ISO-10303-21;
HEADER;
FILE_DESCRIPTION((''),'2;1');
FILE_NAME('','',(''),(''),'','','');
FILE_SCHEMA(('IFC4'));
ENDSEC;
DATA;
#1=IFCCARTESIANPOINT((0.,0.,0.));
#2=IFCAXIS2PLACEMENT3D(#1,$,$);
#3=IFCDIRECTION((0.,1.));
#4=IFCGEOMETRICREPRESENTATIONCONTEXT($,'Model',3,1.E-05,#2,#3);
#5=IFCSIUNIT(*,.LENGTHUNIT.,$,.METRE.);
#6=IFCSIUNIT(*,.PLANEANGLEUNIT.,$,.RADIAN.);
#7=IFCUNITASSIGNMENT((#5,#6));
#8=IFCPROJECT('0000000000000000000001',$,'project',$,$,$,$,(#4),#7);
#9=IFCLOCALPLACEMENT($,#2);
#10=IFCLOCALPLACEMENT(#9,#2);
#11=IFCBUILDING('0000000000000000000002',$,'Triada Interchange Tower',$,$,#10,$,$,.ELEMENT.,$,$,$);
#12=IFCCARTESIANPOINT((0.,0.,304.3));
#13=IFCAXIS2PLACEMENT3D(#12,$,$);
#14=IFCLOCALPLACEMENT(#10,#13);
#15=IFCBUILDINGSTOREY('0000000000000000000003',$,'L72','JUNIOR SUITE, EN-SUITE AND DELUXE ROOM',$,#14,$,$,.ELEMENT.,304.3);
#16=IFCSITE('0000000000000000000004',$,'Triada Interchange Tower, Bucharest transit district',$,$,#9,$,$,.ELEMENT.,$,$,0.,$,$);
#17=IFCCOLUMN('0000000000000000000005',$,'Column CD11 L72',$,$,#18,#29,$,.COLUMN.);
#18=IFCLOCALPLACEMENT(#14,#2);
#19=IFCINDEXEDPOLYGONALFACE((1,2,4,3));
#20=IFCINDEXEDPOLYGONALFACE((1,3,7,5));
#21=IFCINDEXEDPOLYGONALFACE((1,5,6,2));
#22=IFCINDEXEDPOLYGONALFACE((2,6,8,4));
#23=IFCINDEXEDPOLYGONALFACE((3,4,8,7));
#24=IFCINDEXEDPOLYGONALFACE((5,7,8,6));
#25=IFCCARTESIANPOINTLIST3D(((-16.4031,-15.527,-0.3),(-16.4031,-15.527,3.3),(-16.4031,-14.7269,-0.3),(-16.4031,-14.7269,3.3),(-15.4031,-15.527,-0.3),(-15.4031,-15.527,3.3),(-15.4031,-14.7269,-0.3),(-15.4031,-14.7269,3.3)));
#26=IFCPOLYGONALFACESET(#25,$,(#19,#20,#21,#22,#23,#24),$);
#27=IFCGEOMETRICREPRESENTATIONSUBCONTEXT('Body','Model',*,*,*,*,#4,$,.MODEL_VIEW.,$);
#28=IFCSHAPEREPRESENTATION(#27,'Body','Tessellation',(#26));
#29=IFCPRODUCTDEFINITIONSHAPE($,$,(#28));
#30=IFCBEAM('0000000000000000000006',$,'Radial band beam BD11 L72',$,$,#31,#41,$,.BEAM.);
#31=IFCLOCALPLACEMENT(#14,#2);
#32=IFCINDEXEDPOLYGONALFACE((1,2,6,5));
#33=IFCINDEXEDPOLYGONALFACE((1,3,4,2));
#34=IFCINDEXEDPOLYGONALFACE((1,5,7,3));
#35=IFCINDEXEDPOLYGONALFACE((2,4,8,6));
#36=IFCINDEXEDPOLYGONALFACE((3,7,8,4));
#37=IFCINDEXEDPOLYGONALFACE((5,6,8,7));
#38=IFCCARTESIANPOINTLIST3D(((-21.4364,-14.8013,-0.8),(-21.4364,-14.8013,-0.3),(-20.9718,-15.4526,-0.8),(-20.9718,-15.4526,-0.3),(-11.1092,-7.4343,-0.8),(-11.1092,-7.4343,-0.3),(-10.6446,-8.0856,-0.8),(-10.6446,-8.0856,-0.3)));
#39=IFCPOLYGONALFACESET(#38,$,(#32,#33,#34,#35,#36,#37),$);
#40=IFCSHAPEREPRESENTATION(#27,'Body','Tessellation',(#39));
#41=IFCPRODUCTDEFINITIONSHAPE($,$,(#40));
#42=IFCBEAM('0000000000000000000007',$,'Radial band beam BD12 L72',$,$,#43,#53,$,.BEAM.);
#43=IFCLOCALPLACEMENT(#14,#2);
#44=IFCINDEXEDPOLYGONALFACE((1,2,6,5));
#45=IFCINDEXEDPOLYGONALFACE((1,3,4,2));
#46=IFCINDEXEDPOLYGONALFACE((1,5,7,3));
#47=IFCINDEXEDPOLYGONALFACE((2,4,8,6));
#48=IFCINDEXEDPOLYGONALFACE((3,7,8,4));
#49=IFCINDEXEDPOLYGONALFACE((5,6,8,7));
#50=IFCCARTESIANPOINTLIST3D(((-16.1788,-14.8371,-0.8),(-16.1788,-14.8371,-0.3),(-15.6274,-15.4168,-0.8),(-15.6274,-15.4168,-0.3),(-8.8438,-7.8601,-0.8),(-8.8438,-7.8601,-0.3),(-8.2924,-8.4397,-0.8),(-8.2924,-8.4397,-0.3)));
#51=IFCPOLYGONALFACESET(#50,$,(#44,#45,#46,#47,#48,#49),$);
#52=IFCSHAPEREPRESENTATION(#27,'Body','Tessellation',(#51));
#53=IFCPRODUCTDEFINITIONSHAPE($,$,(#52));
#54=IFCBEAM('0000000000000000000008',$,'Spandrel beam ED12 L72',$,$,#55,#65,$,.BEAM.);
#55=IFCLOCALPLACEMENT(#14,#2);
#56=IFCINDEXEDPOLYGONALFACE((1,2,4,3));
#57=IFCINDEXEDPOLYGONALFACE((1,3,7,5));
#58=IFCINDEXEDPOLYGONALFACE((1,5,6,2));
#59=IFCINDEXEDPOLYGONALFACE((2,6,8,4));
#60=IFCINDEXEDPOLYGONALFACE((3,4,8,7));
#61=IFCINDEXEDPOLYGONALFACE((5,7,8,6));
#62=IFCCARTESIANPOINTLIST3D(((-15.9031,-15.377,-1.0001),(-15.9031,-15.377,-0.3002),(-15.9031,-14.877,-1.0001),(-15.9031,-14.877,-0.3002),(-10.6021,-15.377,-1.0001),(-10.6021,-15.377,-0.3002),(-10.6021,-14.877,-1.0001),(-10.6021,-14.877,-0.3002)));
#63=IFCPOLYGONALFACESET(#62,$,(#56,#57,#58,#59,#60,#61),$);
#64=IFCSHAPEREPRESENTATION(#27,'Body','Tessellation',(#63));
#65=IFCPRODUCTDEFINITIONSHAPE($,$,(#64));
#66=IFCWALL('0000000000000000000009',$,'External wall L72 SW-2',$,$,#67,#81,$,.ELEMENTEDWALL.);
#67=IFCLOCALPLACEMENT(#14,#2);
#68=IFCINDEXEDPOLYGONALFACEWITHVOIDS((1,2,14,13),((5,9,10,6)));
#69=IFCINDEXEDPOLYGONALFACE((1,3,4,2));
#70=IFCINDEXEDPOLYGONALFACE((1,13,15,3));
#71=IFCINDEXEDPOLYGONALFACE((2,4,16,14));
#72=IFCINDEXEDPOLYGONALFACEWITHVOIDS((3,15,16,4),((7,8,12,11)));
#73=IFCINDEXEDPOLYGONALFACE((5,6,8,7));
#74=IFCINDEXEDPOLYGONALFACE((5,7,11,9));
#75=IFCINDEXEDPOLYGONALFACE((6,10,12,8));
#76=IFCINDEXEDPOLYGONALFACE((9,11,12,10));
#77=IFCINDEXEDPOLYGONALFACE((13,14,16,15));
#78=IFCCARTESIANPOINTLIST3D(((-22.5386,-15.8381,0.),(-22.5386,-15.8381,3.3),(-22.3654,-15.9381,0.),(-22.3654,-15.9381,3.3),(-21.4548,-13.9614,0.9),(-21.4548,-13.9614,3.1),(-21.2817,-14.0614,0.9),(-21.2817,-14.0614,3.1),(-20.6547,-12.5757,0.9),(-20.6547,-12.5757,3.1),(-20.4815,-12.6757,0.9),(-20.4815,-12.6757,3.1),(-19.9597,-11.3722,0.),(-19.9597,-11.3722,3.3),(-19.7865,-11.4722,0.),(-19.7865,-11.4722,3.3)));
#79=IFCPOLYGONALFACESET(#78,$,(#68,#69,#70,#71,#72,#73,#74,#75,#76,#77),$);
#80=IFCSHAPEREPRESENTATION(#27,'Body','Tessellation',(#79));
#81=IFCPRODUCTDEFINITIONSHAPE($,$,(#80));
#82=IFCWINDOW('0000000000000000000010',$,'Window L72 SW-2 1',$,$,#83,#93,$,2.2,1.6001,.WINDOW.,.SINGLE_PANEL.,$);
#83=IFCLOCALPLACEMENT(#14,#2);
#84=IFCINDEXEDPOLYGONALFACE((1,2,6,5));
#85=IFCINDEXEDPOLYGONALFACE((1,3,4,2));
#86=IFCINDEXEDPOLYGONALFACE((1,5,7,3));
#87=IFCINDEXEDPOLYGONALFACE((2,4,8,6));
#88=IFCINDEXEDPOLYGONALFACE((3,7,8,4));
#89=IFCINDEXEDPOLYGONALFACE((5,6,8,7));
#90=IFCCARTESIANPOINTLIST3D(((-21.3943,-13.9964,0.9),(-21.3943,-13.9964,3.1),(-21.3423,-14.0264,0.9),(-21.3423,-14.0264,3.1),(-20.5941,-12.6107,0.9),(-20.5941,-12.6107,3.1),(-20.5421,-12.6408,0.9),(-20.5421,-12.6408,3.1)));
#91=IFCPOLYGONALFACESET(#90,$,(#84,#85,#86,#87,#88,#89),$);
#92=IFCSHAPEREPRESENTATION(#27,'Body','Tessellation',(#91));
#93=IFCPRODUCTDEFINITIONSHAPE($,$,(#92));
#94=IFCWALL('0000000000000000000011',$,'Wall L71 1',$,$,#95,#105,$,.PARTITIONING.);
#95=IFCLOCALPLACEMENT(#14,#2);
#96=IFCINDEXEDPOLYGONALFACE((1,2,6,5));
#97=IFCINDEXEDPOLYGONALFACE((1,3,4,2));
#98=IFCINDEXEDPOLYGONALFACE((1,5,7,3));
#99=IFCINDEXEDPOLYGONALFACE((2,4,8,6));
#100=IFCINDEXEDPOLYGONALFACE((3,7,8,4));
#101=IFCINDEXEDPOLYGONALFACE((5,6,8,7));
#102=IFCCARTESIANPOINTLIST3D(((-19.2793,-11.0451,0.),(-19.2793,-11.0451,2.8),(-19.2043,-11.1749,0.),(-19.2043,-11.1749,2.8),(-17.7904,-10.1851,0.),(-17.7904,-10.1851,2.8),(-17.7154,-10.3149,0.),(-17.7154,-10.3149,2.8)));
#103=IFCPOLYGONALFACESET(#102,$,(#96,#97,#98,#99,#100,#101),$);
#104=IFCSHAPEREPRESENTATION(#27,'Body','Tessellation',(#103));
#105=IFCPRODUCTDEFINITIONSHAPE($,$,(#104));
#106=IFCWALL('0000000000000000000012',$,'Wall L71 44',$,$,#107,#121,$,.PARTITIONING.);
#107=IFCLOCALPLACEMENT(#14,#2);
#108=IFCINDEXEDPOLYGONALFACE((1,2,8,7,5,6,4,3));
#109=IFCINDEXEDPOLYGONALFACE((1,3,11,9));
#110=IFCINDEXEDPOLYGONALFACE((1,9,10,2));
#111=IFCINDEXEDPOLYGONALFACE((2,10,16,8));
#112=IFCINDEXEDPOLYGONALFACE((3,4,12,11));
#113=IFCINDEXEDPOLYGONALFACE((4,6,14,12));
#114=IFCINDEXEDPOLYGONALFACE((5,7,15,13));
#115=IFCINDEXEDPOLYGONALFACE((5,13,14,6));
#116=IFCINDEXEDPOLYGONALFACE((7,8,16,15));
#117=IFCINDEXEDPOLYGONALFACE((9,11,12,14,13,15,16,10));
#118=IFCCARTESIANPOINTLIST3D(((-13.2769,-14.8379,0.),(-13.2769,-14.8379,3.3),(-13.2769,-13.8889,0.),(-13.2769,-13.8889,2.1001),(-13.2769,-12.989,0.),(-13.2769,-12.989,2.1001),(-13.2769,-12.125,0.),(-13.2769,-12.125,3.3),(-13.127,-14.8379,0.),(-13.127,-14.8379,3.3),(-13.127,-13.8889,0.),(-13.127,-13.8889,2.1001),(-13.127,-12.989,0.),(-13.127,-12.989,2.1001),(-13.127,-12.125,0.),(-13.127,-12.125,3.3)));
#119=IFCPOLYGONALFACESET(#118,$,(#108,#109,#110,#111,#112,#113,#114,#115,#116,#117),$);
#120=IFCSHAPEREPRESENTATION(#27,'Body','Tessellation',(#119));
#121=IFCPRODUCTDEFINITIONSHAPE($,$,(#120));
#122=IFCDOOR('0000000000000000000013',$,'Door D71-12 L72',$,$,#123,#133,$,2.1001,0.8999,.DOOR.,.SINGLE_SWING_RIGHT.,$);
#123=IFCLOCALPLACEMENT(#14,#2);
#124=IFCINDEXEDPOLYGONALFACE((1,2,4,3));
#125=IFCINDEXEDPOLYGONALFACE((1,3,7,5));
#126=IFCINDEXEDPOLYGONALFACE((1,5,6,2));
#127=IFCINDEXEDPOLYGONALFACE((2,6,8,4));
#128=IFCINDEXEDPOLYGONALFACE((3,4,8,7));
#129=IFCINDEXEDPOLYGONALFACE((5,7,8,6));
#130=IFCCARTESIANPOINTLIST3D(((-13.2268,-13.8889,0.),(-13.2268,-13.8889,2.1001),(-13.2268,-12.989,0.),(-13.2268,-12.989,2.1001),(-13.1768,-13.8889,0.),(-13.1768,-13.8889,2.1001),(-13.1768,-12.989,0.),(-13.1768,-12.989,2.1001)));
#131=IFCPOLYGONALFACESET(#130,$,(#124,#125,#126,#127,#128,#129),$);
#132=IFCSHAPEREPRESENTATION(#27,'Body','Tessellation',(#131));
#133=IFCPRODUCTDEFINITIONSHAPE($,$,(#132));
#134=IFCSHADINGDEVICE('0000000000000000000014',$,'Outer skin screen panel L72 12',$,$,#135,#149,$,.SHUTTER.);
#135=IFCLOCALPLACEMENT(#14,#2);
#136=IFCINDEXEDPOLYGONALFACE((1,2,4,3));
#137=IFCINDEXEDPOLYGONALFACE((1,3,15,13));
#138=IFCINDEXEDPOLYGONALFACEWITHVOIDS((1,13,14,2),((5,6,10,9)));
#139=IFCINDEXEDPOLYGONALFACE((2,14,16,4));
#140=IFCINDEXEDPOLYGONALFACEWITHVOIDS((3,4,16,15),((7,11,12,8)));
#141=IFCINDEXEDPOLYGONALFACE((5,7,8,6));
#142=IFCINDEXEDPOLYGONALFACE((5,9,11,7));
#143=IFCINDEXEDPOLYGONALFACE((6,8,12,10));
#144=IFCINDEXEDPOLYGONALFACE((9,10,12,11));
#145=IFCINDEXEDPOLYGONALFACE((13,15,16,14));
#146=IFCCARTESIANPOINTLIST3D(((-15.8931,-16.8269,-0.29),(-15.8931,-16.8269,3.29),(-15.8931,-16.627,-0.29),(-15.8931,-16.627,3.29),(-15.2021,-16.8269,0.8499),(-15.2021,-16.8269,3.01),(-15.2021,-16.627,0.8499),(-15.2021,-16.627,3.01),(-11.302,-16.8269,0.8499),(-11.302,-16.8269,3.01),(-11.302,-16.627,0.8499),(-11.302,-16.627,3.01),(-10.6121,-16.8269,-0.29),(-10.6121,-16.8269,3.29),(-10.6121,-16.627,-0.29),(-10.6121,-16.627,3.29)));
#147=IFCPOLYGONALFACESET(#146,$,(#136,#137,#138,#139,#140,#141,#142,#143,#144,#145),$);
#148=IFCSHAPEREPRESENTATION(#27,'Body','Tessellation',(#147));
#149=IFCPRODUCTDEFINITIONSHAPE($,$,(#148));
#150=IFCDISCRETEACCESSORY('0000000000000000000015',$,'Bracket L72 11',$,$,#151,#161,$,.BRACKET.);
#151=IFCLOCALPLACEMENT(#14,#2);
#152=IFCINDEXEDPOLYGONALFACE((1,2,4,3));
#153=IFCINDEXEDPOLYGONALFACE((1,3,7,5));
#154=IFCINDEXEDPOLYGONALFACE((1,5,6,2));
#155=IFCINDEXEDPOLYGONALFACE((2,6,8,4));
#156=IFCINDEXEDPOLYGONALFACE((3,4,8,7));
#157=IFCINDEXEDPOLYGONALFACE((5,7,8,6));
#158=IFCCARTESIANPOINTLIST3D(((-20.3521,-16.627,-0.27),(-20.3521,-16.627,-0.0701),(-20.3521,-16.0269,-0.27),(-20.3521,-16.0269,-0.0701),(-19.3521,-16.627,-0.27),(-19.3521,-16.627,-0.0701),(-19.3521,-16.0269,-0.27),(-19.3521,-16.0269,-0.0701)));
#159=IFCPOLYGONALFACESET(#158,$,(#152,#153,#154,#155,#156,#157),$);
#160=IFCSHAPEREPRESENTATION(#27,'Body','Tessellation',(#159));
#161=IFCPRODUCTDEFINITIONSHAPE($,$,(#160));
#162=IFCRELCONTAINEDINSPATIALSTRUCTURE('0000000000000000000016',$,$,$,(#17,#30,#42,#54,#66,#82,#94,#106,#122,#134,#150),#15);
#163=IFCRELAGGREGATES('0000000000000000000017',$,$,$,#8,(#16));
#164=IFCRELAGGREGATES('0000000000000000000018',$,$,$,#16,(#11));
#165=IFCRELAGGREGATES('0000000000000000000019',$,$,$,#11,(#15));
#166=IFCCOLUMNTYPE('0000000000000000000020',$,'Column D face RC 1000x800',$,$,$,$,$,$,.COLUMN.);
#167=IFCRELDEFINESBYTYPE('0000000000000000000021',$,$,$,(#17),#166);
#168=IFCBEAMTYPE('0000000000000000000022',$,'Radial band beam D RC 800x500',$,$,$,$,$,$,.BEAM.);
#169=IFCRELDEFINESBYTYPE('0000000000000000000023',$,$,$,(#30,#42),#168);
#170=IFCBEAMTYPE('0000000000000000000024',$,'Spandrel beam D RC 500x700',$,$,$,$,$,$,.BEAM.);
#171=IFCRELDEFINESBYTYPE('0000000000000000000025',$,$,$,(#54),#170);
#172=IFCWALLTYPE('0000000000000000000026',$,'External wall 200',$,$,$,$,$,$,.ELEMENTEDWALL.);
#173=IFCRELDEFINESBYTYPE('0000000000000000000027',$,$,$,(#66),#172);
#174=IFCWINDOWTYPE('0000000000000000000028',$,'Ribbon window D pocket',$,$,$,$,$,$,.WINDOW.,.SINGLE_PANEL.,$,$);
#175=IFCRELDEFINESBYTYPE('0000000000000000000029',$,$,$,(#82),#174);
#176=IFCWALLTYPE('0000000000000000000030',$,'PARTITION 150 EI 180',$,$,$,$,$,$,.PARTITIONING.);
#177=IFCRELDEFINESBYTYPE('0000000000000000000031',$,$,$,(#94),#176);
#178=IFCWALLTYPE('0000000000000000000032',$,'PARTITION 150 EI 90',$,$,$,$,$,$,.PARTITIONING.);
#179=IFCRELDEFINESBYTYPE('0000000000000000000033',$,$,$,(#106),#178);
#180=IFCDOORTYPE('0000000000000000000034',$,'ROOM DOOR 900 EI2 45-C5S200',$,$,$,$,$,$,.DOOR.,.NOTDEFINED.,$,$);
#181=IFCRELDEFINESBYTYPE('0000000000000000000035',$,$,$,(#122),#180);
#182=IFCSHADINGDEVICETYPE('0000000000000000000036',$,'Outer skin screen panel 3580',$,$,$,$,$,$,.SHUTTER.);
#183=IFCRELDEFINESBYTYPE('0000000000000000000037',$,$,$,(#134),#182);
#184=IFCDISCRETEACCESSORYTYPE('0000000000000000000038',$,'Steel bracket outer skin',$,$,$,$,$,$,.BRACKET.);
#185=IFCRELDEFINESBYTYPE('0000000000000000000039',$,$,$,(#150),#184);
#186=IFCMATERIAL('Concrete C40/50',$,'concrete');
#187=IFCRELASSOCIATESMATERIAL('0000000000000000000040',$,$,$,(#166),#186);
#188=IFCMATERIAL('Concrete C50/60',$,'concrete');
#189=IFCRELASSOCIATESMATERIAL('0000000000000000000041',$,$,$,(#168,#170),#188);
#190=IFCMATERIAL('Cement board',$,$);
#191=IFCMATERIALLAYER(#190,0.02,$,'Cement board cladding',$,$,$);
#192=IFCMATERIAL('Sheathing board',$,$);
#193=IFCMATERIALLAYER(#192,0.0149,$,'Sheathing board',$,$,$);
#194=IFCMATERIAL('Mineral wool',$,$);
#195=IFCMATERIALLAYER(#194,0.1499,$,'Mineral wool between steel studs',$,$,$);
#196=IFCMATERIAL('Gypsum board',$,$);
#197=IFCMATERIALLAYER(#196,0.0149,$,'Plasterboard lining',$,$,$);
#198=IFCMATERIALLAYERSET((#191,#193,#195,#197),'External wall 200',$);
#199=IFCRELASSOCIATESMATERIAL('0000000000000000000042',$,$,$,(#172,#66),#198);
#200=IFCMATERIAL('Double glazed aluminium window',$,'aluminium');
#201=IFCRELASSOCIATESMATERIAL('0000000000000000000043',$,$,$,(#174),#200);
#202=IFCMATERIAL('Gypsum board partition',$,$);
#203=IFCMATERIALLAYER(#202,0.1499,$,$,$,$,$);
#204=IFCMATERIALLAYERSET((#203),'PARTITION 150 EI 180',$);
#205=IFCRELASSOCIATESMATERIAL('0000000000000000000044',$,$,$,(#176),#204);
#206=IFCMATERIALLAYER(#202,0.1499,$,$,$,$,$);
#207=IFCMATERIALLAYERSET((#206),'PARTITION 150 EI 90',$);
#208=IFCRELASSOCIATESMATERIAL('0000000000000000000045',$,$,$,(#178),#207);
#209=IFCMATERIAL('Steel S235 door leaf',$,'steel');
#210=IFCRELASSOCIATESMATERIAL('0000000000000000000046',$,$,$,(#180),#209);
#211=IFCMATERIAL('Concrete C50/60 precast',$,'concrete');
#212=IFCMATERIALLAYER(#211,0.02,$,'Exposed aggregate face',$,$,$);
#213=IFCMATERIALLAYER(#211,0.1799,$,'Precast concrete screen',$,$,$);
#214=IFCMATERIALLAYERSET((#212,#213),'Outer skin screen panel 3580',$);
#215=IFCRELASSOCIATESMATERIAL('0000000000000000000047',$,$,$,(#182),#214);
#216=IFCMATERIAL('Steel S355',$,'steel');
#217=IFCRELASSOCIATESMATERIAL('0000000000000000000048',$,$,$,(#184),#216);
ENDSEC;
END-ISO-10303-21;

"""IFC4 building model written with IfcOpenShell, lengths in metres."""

from ifc_helpers import new_model, si_unit, direction, frame, frame_2d, origin, origin_2d, place, context, subcontext, project, spatial, polyline, rectangle, outline, extrude, material, layer, layer_set, layer_usage, material_profile, profile_set, type_object, element, fill, save


model = new_model("IFC4")

# Units and contexts
model_context = context("Model", 3, precision=1e-05, world=origin(), true_north=direction((0.0, 1.0)))
body_context = subcontext(model_context, "Body", "Model", "MODEL_VIEW")
ifc_project = project(units=[si_unit("LENGTHUNIT", "METRE"), si_unit("PLANEANGLEUNIT", "RADIAN")], contexts=[model_context])

# Site, building, storey
site_placement = place(None, origin())
site = spatial("IfcSite", under=ifc_project, at=site_placement, Name="Triada Interchange Tower, Bucharest transit district", CompositionType="ELEMENT", RefElevation=0.0)
building_placement = place(site_placement, origin())
building = spatial("IfcBuilding", under=site, at=building_placement, Name="Triada Interchange Tower", CompositionType="ELEMENT")
storey_placement = place(building_placement, frame((0.0, 0.0, 304.3)))
storey = spatial("IfcBuildingStorey", under=building, at=storey_placement, Name="L72", Description="JUNIOR SUITE, EN-SUITE AND DELUXE ROOM", CompositionType="ELEMENT", Elevation=304.3)

# Column
ifc_material_1 = material(Name="Concrete C40/50", Category="concrete")
ifc_material_profile_1 = material_profile(ifc_material_1, rectangle(XDim=1.0, YDim=0.8, at=origin_2d()), Name="RC 1000x800")
ifc_profile_set_1 = profile_set([ifc_material_profile_1], Name="Concrete C40/50")
column_type = type_object("IfcColumnType", Name="Column D face RC 1000x800", PredefinedType="COLUMN", material=ifc_profile_set_1)
column_placement = place(storey_placement, frame((-15.9031, -15.127, -0.3), z_axis=(0.0, 0.0, 1.0), x_axis=(1.0, 0.0, 0.0)))
element("IfcColumn", 1, at=column_placement, inside=storey, type_object=column_type, Name="Column CD11 L72", PredefinedType="COLUMN", context=body_context, shape_type="SweptSolid", body=[
    extrude(rectangle(XDim=1.0, YDim=0.8, at=origin_2d()), origin(), (0.0, 0.0, 1.0), 3.6001),
])

# Beams
ifc_material_2 = material(Name="Concrete C50/60", Category="concrete")
ifc_material_profile_2 = material_profile(ifc_material_2, rectangle(XDim=0.8, YDim=0.5, at=origin_2d()), Name="RC 800x500")
ifc_profile_set_2 = profile_set([ifc_material_profile_2], Name="Concrete C50/60")
beam_type_1 = type_object("IfcBeamType", Name="Radial band beam D RC 800x500", PredefinedType="BEAM", material=ifc_profile_set_2)
beam_1_placement = place(storey_placement, frame((-21.2041, -15.127, -0.55), z_axis=(0.814091, 0.580737, 0.0), x_axis=(-0.580737, 0.814091, 0.0)))
element("IfcBeam", 2, at=beam_1_placement, inside=storey, type_object=beam_type_1, Name="Radial band beam BD11 L72", PredefinedType="BEAM", context=body_context, shape_type="SweptSolid", body=[
    extrude(rectangle(XDim=0.8, YDim=0.5, at=origin_2d()), origin(), (0.0, 0.0, 1.0), 12.6855),
])
beam_2_placement = place(storey_placement, frame((-15.9031, -15.127, -0.55), z_axis=(0.724563, 0.689208, 0.0), x_axis=(-0.689208, 0.724563, 0.0)))
element("IfcBeam", 3, at=beam_2_placement, inside=storey, type_object=beam_type_1, Name="Radial band beam BD12 L72", PredefinedType="BEAM", context=body_context, shape_type="SweptSolid", body=[
    extrude(rectangle(XDim=0.8, YDim=0.5, at=origin_2d()), origin(), (0.0, 0.0, 1.0), 10.1233),
])
ifc_material_profile_3 = material_profile(ifc_material_2, rectangle(XDim=0.5, YDim=0.7, at=origin_2d()), Name="RC 500x700")
ifc_profile_set_3 = profile_set([ifc_material_profile_3], Name="Concrete C50/60")
beam_type_2 = type_object("IfcBeamType", Name="Spandrel beam D RC 500x700", PredefinedType="BEAM", material=ifc_profile_set_3)
beam_3_placement = place(storey_placement, frame((-15.9031, -15.127, -0.6501), z_axis=(1.0, 0.0, 0.0), x_axis=(0.0, 1.0, 0.0)))
element("IfcBeam", 4, at=beam_3_placement, inside=storey, type_object=beam_type_2, Name="Spandrel beam ED12 L72", PredefinedType="BEAM", context=body_context, shape_type="SweptSolid", body=[
    extrude(rectangle(XDim=0.5, YDim=0.7, at=origin_2d()), origin(), (0.0, 0.0, 1.0), 5.301),
])

# Wall, opening, window
ifc_material_3 = material(Name="Cement board")
ifc_layer_1 = layer(ifc_material_3, 0.02, Name="Cement board cladding")
ifc_material_4 = material(Name="Sheathing board")
ifc_layer_2 = layer(ifc_material_4, 0.0149, Name="Sheathing board")
ifc_material_5 = material(Name="Mineral wool")
ifc_layer_3 = layer(ifc_material_5, 0.1499, Name="Mineral wool between steel studs")
ifc_material_6 = material(Name="Gypsum board")
ifc_layer_4 = layer(ifc_material_6, 0.0149, Name="Plasterboard lining")
ifc_layer_set_1 = layer_set([ifc_layer_1, ifc_layer_2, ifc_layer_3, ifc_layer_4], Name="External wall 200")
ifc_layer_usage = layer_usage(ifc_layer_set_1, "AXIS2", "POSITIVE", -0.1001)
wall_type_1 = type_object("IfcWallType", Name="External wall 200", PredefinedType="ELEMENTEDWALL", material=ifc_layer_set_1)
wall_1_placement = place(storey_placement, frame((-19.873, -11.4221, 0.0), z_axis=(0.0, 0.0, 1.0), x_axis=(-0.500075, -0.865982, 0.0)))
wall_1 = element("IfcWall", 5, at=wall_1_placement, inside=storey, type_object=wall_type_1, material=ifc_layer_usage, Name="External wall L72 SW-2", PredefinedType="ELEMENTEDWALL", context=body_context, shape_type="SweptSolid", body=[
    extrude(rectangle(XDim=5.157, YDim=0.2, at=frame_2d((2.5786, 0.0))), origin(), (0.0, 0.0, 1.0), 3.3),
])
opening_1_placement = place(wall_1_placement, frame((1.3899, 0.0, 0.8999)))
opening_1 = element("IfcOpeningElement", 6, at=opening_1_placement, cuts=wall_1, PredefinedType="OPENING", context=body_context, shape_type="SweptSolid", body=[
    extrude(rectangle(XDim=1.6001, YDim=2.2, at=frame_2d((0.8, 1.1001))), frame((0.0, 0.1099, 0.0), z_axis=(0.0, -1.0, 0.0), x_axis=(1.0, 0.0, 0.0)), (0.0, 0.0, 1.0), 0.22),
])
ifc_material_7 = material(Name="Double glazed aluminium window", Category="aluminium")
window_type = type_object("IfcWindowType", Name="Ribbon window D pocket", PartitioningType="SINGLE_PANEL", PredefinedType="WINDOW", material=ifc_material_7)
window_placement = place(opening_1_placement, origin())
window = element("IfcWindow", 7, at=window_placement, inside=storey, type_object=window_type, Name="Window L72 SW-2 1", OverallHeight=2.2, OverallWidth=1.6001, PartitioningType="SINGLE_PANEL", PredefinedType="WINDOW", context=body_context, shape_type="SweptSolid", body=[
    extrude(rectangle(XDim=1.6001, YDim=2.2, at=frame_2d((0.8, 1.1001))), frame((0.0, 0.03, 0.0), z_axis=(0.0, -1.0, 0.0), x_axis=(1.0, 0.0, 0.0)), (0.0, 0.0, 1.0), 0.0601),
])
fill(opening_1, window)

# Wall
ifc_material_8 = material(Name="Gypsum board partition")
ifc_layer_5 = layer(ifc_material_8, 0.1499)
ifc_layer_set_2 = layer_set([ifc_layer_5], Name="PARTITION 150 EI 180")
wall_type_2 = type_object("IfcWallType", Name="PARTITION 150 EI 180", PredefinedType="PARTITIONING", material=ifc_layer_set_2)
wall_2_placement = place(storey_placement, frame((-19.2419, -11.1101, 0.0), z_axis=(0.0, 0.0, 1.0), x_axis=(0.865918, 0.500185, 0.0)))
element("IfcWall", 8, at=wall_2_placement, inside=storey, type_object=wall_type_2, Name="Wall L71 1", PredefinedType="PARTITIONING", context=body_context, shape_type="SweptSolid", body=[
    extrude(rectangle(XDim=1.7195, YDim=0.1499, at=frame_2d((0.8599, 0.0))), origin(), (0.0, 0.0, 1.0), 2.8),
])

# Wall, opening, door
ifc_layer_6 = layer(ifc_material_8, 0.1499)
ifc_layer_set_3 = layer_set([ifc_layer_6], Name="PARTITION 150 EI 90")
wall_type_3 = type_object("IfcWallType", Name="PARTITION 150 EI 90", PredefinedType="PARTITIONING", material=ifc_layer_set_3)
wall_3_placement = place(storey_placement, frame((-13.2019, -14.8379, 0.0), z_axis=(0.0, 0.0, 1.0), x_axis=(0.0, 1.0, 0.0)))
wall_3 = element("IfcWall", 9, at=wall_3_placement, inside=storey, type_object=wall_type_3, Name="Wall L71 44", PredefinedType="PARTITIONING", context=body_context, shape_type="SweptSolid", body=[
    extrude(rectangle(XDim=2.7129, YDim=0.1499, at=frame_2d((1.3564, 0.0))), origin(), (0.0, 0.0, 1.0), 3.3),
])
opening_2_placement = place(wall_3_placement, frame((0.949, 0.0, 0.0)))
opening_2 = element("IfcOpeningElement", 10, at=opening_2_placement, cuts=wall_3, PredefinedType="OPENING", context=body_context, shape_type="SweptSolid", body=[
    extrude(rectangle(XDim=0.8999, YDim=2.1001, at=frame_2d((0.45, 1.05))), frame((0.0, 0.085, 0.0), z_axis=(0.0, -1.0, 0.0), x_axis=(1.0, 0.0, 0.0)), (0.0, 0.0, 1.0), 0.1699),
])
ifc_material_9 = material(Name="Steel S235 door leaf", Category="steel")
door_type = type_object("IfcDoorType", Name="ROOM DOOR 900 EI2 45-C5S200", OperationType="NOTDEFINED", PredefinedType="DOOR", material=ifc_material_9)
door_placement = place(opening_2_placement, origin())
door = element("IfcDoor", 11, at=door_placement, inside=storey, type_object=door_type, Name="Door D71-12 L72", OperationType="SINGLE_SWING_RIGHT", OverallHeight=2.1001, OverallWidth=0.8999, PredefinedType="DOOR", context=body_context, shape_type="SweptSolid", body=[
    extrude(rectangle(XDim=0.8999, YDim=2.1001, at=frame_2d((0.45, 1.05))), frame((0.0, 0.0249, 0.0), z_axis=(0.0, -1.0, 0.0), x_axis=(1.0, 0.0, 0.0)), (0.0, 0.0, 1.0), 0.05),
])
fill(opening_2, door)

# Shading device
ifc_material_10 = material(Name="Concrete C50/60 precast", Category="concrete")
ifc_layer_7 = layer(ifc_material_10, 0.02, Name="Exposed aggregate face")
ifc_layer_8 = layer(ifc_material_10, 0.1799, Name="Precast concrete screen")
ifc_layer_set_4 = layer_set([ifc_layer_7, ifc_layer_8], Name="Outer skin screen panel 3580")
shading_device_type = type_object("IfcShadingDeviceType", Name="Outer skin screen panel 3580", PredefinedType="SHUTTER", material=ifc_layer_set_4)
shading_device_placement = place(storey_placement, frame((-15.8931, -16.627, -0.29), z_axis=(0.0, 0.0, 1.0), x_axis=(1.0, 0.0, 0.0)))
element("IfcShadingDevice", 12, at=shading_device_placement, inside=storey, type_object=shading_device_type, Name="Outer skin screen panel L72 12", PredefinedType="SHUTTER", context=body_context, shape_type="SweptSolid", body=[
    extrude(outline(polyline([(0.0, 0.0), (5.281, 0.0), (5.281, 3.5801), (0.0, 3.5801), (0.0, 0.0)]), holes=[polyline([(0.6909, 1.1399), (0.6909, 3.3), (4.5911, 3.3), (4.5911, 1.1399), (0.6909, 1.1399)])]), frame((0.0, 0.0, 0.0), z_axis=(0.0, -1.0, 0.0), x_axis=(1.0, 0.0, 0.0)), (0.0, 0.0, 1.0), 0.2),
])

# Discrete accessory
ifc_material_11 = material(Name="Steel S355", Category="steel")
discrete_accessory_type = type_object("IfcDiscreteAccessoryType", Name="Steel bracket outer skin", PredefinedType="BRACKET", material=ifc_material_11)
for number, where, z_axis, x_axis, name in (
    (13, (-19.8521, -16.3269, -0.27), (0.0, 0.0, 1.0), (0.0, -1.0, 0.0), "Bracket L72 11"),
):
    element("IfcDiscreteAccessory", number, at=place(storey_placement, frame(where, z_axis=z_axis, x_axis=x_axis)), inside=storey, type_object=discrete_accessory_type, Name=name, PredefinedType="BRACKET", context=body_context, shape_type="SweptSolid", body=[
        extrude(rectangle(XDim=0.6001, YDim=1.0, at=origin_2d()), origin(), (0.0, 0.0, 1.0), 0.2),
    ])

save(model, "model.ifc")
